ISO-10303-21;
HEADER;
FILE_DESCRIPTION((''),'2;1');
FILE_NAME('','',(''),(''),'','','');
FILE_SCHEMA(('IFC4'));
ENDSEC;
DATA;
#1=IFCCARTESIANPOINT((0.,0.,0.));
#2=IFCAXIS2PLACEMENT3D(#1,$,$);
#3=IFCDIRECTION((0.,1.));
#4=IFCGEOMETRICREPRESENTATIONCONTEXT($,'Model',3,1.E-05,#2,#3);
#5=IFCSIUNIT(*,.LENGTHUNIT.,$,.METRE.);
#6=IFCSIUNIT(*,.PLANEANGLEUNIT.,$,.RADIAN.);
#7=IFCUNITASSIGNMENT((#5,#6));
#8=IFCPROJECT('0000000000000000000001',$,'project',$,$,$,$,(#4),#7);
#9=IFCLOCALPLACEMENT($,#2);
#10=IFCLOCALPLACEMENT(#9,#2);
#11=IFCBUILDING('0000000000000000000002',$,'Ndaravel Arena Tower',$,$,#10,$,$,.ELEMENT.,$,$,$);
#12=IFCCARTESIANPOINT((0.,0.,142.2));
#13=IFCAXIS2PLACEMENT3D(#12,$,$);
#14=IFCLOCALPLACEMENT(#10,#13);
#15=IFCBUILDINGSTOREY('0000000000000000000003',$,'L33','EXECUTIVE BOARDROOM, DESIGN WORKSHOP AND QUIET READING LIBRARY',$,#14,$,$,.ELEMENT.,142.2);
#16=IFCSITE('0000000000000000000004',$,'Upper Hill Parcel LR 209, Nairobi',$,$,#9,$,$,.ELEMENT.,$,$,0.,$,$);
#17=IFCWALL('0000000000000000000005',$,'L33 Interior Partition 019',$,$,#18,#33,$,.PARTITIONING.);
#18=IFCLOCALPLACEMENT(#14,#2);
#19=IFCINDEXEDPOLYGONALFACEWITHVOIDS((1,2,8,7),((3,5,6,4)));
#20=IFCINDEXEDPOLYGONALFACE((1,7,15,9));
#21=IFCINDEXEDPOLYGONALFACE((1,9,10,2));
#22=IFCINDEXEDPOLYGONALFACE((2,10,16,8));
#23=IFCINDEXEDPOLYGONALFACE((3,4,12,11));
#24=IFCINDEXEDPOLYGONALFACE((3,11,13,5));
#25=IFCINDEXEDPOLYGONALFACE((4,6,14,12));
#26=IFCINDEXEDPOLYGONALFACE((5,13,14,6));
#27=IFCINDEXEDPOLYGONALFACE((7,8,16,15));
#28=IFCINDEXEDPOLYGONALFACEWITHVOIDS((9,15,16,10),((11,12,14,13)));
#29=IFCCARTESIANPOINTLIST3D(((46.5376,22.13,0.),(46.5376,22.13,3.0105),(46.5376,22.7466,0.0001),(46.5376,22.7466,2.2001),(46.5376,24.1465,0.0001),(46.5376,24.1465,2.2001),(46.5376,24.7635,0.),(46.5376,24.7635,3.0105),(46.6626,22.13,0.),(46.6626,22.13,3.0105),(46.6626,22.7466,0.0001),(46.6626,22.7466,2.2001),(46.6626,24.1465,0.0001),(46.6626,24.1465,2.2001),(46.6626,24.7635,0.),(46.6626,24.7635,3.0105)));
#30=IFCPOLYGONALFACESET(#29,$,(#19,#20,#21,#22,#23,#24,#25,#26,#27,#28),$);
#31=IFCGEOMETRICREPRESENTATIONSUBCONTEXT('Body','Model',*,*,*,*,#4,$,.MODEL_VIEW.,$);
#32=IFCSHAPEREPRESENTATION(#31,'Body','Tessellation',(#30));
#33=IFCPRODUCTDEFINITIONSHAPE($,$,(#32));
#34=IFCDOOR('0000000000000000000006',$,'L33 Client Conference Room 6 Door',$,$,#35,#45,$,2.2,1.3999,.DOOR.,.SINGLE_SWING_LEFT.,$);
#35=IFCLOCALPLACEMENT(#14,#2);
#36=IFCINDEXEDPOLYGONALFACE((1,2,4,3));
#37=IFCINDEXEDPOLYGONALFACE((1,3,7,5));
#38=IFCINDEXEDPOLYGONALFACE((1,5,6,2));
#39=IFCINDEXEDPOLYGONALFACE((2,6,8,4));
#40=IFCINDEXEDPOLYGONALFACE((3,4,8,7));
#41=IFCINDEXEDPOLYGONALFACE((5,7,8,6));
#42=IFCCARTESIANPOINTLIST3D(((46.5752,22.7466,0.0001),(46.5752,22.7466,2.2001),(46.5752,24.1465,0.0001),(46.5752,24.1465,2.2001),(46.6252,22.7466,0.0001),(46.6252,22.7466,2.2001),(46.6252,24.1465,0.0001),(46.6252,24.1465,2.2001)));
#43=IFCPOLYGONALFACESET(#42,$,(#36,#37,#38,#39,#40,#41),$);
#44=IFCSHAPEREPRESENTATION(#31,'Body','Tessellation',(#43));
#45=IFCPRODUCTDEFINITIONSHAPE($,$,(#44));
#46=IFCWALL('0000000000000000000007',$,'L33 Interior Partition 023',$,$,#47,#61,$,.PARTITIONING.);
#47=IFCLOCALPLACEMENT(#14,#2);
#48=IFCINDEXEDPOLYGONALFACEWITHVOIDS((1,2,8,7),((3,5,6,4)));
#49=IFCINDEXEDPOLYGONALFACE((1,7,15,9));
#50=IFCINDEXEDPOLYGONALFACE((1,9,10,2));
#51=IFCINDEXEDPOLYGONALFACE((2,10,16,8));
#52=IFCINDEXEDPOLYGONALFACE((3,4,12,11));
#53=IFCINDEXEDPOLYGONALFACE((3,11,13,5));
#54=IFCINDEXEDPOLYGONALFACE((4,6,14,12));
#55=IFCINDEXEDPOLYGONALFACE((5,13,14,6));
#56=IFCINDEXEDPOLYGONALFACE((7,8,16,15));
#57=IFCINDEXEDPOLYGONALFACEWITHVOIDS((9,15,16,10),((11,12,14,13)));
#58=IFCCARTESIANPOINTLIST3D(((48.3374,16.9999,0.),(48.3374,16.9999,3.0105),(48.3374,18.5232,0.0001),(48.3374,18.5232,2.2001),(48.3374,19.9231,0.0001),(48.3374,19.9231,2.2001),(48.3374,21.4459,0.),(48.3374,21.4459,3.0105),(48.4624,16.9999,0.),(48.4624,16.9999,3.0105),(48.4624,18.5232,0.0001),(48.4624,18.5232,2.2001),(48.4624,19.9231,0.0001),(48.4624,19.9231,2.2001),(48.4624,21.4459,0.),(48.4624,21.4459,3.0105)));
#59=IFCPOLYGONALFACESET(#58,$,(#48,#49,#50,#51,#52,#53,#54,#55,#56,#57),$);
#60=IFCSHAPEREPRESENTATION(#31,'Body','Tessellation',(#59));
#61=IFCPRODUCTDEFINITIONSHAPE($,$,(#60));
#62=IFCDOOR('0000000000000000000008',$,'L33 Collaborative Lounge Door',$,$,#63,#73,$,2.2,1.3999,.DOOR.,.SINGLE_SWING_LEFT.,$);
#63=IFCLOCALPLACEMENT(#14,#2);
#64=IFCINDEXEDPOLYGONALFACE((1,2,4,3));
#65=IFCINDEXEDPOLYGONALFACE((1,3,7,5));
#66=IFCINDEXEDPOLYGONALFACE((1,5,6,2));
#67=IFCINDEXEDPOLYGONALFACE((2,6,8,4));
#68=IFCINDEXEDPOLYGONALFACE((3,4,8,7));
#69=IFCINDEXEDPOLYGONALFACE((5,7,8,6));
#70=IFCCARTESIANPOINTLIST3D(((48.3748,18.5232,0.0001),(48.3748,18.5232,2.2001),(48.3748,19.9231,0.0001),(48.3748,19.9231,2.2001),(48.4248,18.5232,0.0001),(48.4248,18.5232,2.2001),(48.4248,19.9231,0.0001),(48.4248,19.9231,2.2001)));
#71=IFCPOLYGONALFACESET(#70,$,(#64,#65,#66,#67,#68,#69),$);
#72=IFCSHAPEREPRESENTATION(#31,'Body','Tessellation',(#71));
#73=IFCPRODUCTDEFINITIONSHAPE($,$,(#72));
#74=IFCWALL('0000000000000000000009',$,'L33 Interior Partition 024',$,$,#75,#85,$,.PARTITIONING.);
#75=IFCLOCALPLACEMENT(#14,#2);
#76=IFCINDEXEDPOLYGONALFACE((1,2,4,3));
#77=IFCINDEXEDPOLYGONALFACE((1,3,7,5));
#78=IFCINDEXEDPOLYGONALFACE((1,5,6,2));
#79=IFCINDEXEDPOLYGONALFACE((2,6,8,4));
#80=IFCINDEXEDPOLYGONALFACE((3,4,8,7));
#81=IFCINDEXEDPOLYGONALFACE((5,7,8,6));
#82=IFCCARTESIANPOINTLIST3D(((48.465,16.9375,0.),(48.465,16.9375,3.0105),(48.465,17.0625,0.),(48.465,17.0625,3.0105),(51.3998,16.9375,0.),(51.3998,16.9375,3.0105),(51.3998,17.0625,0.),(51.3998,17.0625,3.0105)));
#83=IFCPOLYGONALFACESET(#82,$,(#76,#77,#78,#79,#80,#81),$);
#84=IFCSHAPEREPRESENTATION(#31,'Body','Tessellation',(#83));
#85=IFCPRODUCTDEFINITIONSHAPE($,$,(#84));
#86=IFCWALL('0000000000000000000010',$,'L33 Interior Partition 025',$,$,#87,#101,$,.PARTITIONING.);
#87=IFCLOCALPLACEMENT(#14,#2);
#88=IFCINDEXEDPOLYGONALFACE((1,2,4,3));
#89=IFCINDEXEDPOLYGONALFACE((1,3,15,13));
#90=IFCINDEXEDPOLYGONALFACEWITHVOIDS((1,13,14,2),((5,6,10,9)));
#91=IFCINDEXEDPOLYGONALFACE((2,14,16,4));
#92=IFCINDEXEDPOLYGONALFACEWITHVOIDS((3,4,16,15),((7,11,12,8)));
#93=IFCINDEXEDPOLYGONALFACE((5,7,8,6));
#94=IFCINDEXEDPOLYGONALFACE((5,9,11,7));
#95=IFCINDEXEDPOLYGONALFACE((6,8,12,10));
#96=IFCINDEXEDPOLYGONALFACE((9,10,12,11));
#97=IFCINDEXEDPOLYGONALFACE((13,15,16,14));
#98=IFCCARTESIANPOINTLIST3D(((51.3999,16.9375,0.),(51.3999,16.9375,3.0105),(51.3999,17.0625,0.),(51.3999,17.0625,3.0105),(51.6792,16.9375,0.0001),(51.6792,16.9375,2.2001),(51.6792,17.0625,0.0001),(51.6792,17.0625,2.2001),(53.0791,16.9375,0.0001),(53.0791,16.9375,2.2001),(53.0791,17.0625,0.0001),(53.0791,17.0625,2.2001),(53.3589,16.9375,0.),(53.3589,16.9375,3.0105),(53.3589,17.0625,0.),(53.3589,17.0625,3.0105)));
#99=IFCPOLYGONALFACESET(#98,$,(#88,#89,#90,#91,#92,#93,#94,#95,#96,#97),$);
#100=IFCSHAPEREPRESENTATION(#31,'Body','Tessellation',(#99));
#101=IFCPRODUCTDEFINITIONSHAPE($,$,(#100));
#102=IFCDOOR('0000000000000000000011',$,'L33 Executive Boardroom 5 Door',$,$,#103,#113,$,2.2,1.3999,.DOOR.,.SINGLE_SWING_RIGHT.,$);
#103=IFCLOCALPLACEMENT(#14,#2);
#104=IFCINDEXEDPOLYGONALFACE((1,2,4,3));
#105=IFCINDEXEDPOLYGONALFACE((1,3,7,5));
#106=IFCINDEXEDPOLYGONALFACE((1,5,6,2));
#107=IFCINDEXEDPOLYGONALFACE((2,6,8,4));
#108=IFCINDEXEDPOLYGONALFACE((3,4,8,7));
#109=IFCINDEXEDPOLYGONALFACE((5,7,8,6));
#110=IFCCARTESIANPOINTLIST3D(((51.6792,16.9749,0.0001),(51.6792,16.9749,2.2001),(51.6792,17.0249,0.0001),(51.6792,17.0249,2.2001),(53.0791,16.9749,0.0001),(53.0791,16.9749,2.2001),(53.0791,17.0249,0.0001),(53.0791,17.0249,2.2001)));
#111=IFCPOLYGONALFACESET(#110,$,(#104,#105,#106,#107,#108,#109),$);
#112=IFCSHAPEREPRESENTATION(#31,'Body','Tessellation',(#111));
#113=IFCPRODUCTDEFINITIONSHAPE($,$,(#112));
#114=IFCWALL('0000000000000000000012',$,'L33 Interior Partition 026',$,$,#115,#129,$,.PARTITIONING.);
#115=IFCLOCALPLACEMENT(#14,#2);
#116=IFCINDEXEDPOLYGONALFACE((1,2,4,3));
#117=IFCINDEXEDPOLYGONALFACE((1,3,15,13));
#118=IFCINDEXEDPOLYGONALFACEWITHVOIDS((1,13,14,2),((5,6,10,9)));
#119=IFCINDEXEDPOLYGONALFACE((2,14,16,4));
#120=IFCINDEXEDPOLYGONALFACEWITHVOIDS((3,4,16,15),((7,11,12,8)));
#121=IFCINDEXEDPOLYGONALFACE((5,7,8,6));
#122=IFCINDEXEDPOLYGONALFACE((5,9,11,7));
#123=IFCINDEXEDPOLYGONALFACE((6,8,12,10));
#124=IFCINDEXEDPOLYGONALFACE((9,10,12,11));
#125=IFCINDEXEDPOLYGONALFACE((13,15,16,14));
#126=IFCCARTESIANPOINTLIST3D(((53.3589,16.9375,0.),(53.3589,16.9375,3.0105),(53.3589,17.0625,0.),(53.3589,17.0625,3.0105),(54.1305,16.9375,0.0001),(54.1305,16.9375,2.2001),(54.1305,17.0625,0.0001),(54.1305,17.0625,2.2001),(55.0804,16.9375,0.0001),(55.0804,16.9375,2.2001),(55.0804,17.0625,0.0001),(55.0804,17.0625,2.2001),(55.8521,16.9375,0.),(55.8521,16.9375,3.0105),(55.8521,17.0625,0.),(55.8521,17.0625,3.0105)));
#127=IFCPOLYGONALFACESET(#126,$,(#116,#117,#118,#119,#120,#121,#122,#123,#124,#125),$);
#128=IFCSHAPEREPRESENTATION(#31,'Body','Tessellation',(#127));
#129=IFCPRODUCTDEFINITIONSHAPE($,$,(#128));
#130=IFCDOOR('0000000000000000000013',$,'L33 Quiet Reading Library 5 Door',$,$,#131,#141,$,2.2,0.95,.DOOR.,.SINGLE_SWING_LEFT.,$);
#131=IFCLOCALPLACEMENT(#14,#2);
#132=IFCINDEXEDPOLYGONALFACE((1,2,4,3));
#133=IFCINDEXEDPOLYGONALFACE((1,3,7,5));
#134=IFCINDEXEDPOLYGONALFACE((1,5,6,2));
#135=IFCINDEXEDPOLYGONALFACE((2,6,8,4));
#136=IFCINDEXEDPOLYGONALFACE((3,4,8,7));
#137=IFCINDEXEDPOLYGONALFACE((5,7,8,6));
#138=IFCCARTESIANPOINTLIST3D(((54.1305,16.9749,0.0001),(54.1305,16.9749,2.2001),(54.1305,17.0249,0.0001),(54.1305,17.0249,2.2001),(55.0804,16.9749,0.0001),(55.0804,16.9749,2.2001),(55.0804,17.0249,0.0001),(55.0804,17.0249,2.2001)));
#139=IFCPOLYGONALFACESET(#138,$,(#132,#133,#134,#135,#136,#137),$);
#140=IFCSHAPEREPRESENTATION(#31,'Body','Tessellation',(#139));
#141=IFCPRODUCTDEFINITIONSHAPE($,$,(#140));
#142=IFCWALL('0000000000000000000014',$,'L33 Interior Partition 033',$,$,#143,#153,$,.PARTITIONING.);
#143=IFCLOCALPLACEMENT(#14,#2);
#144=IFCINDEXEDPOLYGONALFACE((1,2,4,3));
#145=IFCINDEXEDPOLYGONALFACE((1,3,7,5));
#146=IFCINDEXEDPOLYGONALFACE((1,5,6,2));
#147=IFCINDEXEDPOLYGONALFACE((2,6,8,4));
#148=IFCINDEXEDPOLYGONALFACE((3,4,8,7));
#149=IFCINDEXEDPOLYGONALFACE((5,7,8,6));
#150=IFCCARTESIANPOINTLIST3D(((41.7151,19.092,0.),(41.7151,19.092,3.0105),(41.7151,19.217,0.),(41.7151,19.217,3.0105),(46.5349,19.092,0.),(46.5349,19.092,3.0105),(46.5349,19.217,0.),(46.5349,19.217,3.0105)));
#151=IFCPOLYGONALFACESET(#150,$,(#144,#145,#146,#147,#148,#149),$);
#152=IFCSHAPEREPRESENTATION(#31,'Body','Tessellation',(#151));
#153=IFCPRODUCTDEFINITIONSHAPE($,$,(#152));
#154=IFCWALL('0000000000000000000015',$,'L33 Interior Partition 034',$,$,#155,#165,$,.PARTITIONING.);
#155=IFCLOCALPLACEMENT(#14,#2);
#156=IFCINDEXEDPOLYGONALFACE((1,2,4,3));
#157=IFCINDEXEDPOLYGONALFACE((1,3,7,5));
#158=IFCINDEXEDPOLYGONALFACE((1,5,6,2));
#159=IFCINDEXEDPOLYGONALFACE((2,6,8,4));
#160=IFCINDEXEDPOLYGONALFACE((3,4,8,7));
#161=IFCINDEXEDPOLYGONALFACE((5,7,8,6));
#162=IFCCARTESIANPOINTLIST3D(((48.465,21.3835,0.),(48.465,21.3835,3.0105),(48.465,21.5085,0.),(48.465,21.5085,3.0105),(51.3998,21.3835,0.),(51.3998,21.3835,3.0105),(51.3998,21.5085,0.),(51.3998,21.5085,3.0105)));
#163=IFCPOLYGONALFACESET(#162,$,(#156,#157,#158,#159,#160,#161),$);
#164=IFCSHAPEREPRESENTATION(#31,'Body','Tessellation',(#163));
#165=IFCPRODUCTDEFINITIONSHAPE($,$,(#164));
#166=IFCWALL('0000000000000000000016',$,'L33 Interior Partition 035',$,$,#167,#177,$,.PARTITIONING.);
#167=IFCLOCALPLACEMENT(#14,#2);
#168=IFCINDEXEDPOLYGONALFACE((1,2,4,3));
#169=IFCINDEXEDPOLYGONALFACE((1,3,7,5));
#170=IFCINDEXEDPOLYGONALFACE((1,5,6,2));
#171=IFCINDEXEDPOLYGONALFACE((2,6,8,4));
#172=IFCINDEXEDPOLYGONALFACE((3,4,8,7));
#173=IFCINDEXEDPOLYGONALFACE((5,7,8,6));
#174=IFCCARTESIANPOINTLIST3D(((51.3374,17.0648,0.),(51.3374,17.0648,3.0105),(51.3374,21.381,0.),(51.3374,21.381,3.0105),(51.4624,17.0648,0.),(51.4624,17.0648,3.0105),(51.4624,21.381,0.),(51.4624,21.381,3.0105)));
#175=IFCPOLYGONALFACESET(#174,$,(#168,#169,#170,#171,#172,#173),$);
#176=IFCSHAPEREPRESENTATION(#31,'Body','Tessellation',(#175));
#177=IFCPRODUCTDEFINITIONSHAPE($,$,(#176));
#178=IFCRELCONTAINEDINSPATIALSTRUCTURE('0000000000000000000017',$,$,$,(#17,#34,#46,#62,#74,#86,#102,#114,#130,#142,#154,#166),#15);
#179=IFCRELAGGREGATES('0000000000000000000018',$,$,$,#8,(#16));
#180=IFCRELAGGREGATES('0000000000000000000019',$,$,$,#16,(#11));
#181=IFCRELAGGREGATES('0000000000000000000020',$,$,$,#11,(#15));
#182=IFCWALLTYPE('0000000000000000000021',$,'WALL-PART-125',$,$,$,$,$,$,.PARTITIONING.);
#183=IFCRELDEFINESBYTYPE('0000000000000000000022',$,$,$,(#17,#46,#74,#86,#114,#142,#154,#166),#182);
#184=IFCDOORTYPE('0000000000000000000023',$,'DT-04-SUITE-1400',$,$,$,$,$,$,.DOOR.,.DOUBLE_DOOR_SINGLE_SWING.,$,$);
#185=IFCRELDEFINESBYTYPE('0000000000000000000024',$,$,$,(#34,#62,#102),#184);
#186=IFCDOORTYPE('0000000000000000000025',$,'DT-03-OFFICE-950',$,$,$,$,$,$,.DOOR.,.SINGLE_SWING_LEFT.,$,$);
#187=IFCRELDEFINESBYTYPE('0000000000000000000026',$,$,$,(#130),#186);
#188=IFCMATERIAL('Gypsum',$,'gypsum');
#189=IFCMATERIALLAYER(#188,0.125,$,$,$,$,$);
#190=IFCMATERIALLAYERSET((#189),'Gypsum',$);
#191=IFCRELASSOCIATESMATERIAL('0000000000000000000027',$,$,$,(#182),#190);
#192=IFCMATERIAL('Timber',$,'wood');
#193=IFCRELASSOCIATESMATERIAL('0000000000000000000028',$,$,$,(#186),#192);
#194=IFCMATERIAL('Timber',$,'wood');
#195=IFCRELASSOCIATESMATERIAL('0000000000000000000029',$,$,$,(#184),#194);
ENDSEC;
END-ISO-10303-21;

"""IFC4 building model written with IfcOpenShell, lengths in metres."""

from ifc_helpers import new_model, si_unit, direction, frame, frame_2d, origin, place, context, subcontext, project, spatial, rectangle, extrude, material, layer, layer_set, type_object, element, fill, save


model = new_model("IFC4")

# Units and contexts
model_context = context("Model", 3, precision=1e-05, world=origin(), true_north=direction((0.0, 1.0)))
body_context = subcontext(model_context, "Body", "Model", "MODEL_VIEW")
ifc_project = project(units=[si_unit("LENGTHUNIT", "METRE"), si_unit("PLANEANGLEUNIT", "RADIAN")], contexts=[model_context])

# Site, building, storey
site_placement = place(None, origin())
site = spatial("IfcSite", under=ifc_project, at=site_placement, Name="Upper Hill Parcel LR 209, Nairobi", CompositionType="ELEMENT", RefElevation=0.0)
building_placement = place(site_placement, origin())
building = spatial("IfcBuilding", under=site, at=building_placement, Name="Ndaravel Arena Tower", CompositionType="ELEMENT")
storey_placement = place(building_placement, frame((0.0, 0.0, 142.2)))
storey = spatial("IfcBuildingStorey", under=building, at=storey_placement, Name="L33", Description="EXECUTIVE BOARDROOM, DESIGN WORKSHOP AND QUIET READING LIBRARY", CompositionType="ELEMENT", Elevation=142.2)

# Shared definitions
ifc_material_1 = material(Name="Gypsum", Category="gypsum")
ifc_layer_1 = layer(ifc_material_1, 0.125)
ifc_layer_set_1 = layer_set([ifc_layer_1], Name="Gypsum")
wall_type_1 = type_object("IfcWallType", Name="WALL-PART-125", PredefinedType="PARTITIONING", material=ifc_layer_set_1)

# Walls, openings, doors
ifc_material_2 = material(Name="Timber", Category="wood")
door_type_1 = type_object("IfcDoorType", Name="DT-03-OFFICE-950", OperationType="SINGLE_SWING_LEFT", PredefinedType="DOOR", material=ifc_material_2)
wall_1_placement = place(storey_placement, frame((46.6001, 22.1299, 0.0), z_axis=(0.0, 0.0, 1.0), x_axis=(0.0, 1.0, 0.0)))
wall_1 = element("IfcWall", 1, at=wall_1_placement, inside=storey, type_object=wall_type_1, Name="L33 Interior Partition 019", PredefinedType="PARTITIONING", context=body_context, shape_type="SweptSolid", body=[
    extrude(rectangle(XDim=2.6335, YDim=0.125, at=frame_2d((1.3169, 0.0))), origin(), (0.0, 0.0, 1.0), 3.0105),
])
opening_1_placement = place(wall_1_placement, frame((0.6167, 0.0, 0.0)))
opening_1 = element("IfcOpeningElement", 2, at=opening_1_placement, cuts=wall_1, PredefinedType="OPENING", context=body_context, shape_type="SweptSolid", body=[
    extrude(rectangle(XDim=1.3999, YDim=2.2, at=frame_2d((0.7, 1.1001))), frame((0.0, 0.0625, 0.0), z_axis=(0.0, -1.0, 0.0), x_axis=(1.0, 0.0, 0.0)), (0.0, 0.0, 1.0), 0.125),
])
ifc_material_3 = material(Name="Timber", Category="wood")
door_type_2 = type_object("IfcDoorType", Name="DT-04-SUITE-1400", OperationType="DOUBLE_DOOR_SINGLE_SWING", PredefinedType="DOOR", material=ifc_material_3)
door_1_placement = place(opening_1_placement, origin())
door_1 = element("IfcDoor", 3, at=door_1_placement, inside=storey, type_object=door_type_2, Name="L33 Client Conference Room 6 Door", OperationType="SINGLE_SWING_LEFT", OverallHeight=2.2, OverallWidth=1.3999, PredefinedType="DOOR", context=body_context, shape_type="SweptSolid", body=[
    extrude(rectangle(XDim=1.3999, YDim=2.2, at=frame_2d((0.7, 1.1001))), frame((0.0, 0.0249, 0.0), z_axis=(0.0, -1.0, 0.0), x_axis=(1.0, 0.0, 0.0)), (0.0, 0.0, 1.0), 0.05),
])
fill(opening_1, door_1)
wall_2_placement = place(storey_placement, frame((48.3999, 21.446, 0.0), z_axis=(0.0, 0.0, 1.0), x_axis=(0.0, -1.0, 0.0)))
wall_2 = element("IfcWall", 4, at=wall_2_placement, inside=storey, type_object=wall_type_1, Name="L33 Interior Partition 023", PredefinedType="PARTITIONING", context=body_context, shape_type="SweptSolid", body=[
    extrude(rectangle(XDim=4.446, YDim=0.125, at=frame_2d((2.2231, 0.0))), origin(), (0.0, 0.0, 1.0), 3.0105),
])
opening_2_placement = place(wall_2_placement, frame((1.5229, 0.0, 0.0)))
opening_2 = element("IfcOpeningElement", 5, at=opening_2_placement, cuts=wall_2, PredefinedType="OPENING", context=body_context, shape_type="SweptSolid", body=[
    extrude(rectangle(XDim=1.3999, YDim=2.2, at=frame_2d((0.7, 1.1001))), frame((0.0, 0.0625, 0.0), z_axis=(0.0, -1.0, 0.0), x_axis=(1.0, 0.0, 0.0)), (0.0, 0.0, 1.0), 0.125),
])
door_2_placement = place(opening_2_placement, origin())
door_2 = element("IfcDoor", 6, at=door_2_placement, inside=storey, type_object=door_type_2, Name="L33 Collaborative Lounge Door", OperationType="SINGLE_SWING_LEFT", OverallHeight=2.2, OverallWidth=1.3999, PredefinedType="DOOR", context=body_context, shape_type="SweptSolid", body=[
    extrude(rectangle(XDim=1.3999, YDim=2.2, at=frame_2d((0.7, 1.1001))), frame((0.0, 0.0249, 0.0), z_axis=(0.0, -1.0, 0.0), x_axis=(1.0, 0.0, 0.0)), (0.0, 0.0, 1.0), 0.05),
])
fill(opening_2, door_2)

# Wall
wall_3_placement = place(storey_placement, frame((48.4651, 17.0, 0.0), z_axis=(0.0, 0.0, 1.0), x_axis=(1.0, 0.0, 0.0)))
element("IfcWall", 7, at=wall_3_placement, inside=storey, type_object=wall_type_1, Name="L33 Interior Partition 024", PredefinedType="PARTITIONING", context=body_context, shape_type="SweptSolid", body=[
    extrude(rectangle(XDim=2.9348, YDim=0.125, at=frame_2d((1.4673, 0.0))), origin(), (0.0, 0.0, 1.0), 3.0105),
])

# Walls, openings, doors
wall_4_placement = place(storey_placement, frame((51.3999, 17.0, 0.0), z_axis=(0.0, 0.0, 1.0), x_axis=(1.0, 0.0, 0.0)))
wall_4 = element("IfcWall", 8, at=wall_4_placement, inside=storey, type_object=wall_type_1, Name="L33 Interior Partition 025", PredefinedType="PARTITIONING", context=body_context, shape_type="SweptSolid", body=[
    extrude(rectangle(XDim=1.959, YDim=0.125, at=frame_2d((0.9795, 0.0))), origin(), (0.0, 0.0, 1.0), 3.0105),
])
opening_3_placement = place(wall_4_placement, frame((0.2793, 0.0, 0.0)))
opening_3 = element("IfcOpeningElement", 9, at=opening_3_placement, cuts=wall_4, PredefinedType="OPENING", context=body_context, shape_type="SweptSolid", body=[
    extrude(rectangle(XDim=1.3999, YDim=2.2, at=frame_2d((0.7, 1.1001))), frame((0.0, 0.0625, 0.0), z_axis=(0.0, -1.0, 0.0), x_axis=(1.0, 0.0, 0.0)), (0.0, 0.0, 1.0), 0.125),
])
door_3_placement = place(opening_3_placement, origin())
door_3 = element("IfcDoor", 10, at=door_3_placement, inside=storey, type_object=door_type_2, Name="L33 Executive Boardroom 5 Door", OperationType="SINGLE_SWING_RIGHT", OverallHeight=2.2, OverallWidth=1.3999, PredefinedType="DOOR", context=body_context, shape_type="SweptSolid", body=[
    extrude(rectangle(XDim=1.3999, YDim=2.2, at=frame_2d((0.7, 1.1001))), frame((0.0, 0.0249, 0.0), z_axis=(0.0, -1.0, 0.0), x_axis=(1.0, 0.0, 0.0)), (0.0, 0.0, 1.0), 0.05),
])
fill(opening_3, door_3)
wall_5_placement = place(storey_placement, frame((53.3589, 17.0, 0.0), z_axis=(0.0, 0.0, 1.0), x_axis=(1.0, 0.0, 0.0)))
wall_5 = element("IfcWall", 11, at=wall_5_placement, inside=storey, type_object=wall_type_1, Name="L33 Interior Partition 026", PredefinedType="PARTITIONING", context=body_context, shape_type="SweptSolid", body=[
    extrude(rectangle(XDim=2.4932, YDim=0.125, at=frame_2d((1.2466, 0.0))), origin(), (0.0, 0.0, 1.0), 3.0105),
])
opening_4_placement = place(wall_5_placement, frame((0.7715, 0.0, 0.0)))
opening_4 = element("IfcOpeningElement", 12, at=opening_4_placement, cuts=wall_5, PredefinedType="OPENING", context=body_context, shape_type="SweptSolid", body=[
    extrude(rectangle(XDim=0.95, YDim=2.2, at=frame_2d((0.4751, 1.1001))), frame((0.0, 0.0625, 0.0), z_axis=(0.0, -1.0, 0.0), x_axis=(1.0, 0.0, 0.0)), (0.0, 0.0, 1.0), 0.125),
])
door_4_placement = place(opening_4_placement, origin())
door_4 = element("IfcDoor", 13, at=door_4_placement, inside=storey, type_object=door_type_1, Name="L33 Quiet Reading Library 5 Door", OperationType="SINGLE_SWING_LEFT", OverallHeight=2.2, OverallWidth=0.95, PredefinedType="DOOR", context=body_context, shape_type="SweptSolid", body=[
    extrude(rectangle(XDim=0.95, YDim=2.2, at=frame_2d((0.4751, 1.1001))), frame((0.0, 0.0249, 0.0), z_axis=(0.0, -1.0, 0.0), x_axis=(1.0, 0.0, 0.0)), (0.0, 0.0, 1.0), 0.05),
])
fill(opening_4, door_4)

# Walls
wall_6_placement = place(storey_placement, frame((41.7151, 19.1545, 0.0), z_axis=(0.0, 0.0, 1.0), x_axis=(1.0, 0.0, 0.0)))
element("IfcWall", 14, at=wall_6_placement, inside=storey, type_object=wall_type_1, Name="L33 Interior Partition 033", PredefinedType="PARTITIONING", context=body_context, shape_type="SweptSolid", body=[
    extrude(rectangle(XDim=4.8198, YDim=0.125, at=frame_2d((2.4099, 0.0))), origin(), (0.0, 0.0, 1.0), 3.0105),
])
wall_7_placement = place(storey_placement, frame((48.4651, 21.446, 0.0), z_axis=(0.0, 0.0, 1.0), x_axis=(1.0, 0.0, 0.0)))
element("IfcWall", 15, at=wall_7_placement, inside=storey, type_object=wall_type_1, Name="L33 Interior Partition 034", PredefinedType="PARTITIONING", context=body_context, shape_type="SweptSolid", body=[
    extrude(rectangle(XDim=2.9348, YDim=0.125, at=frame_2d((1.4673, 0.0))), origin(), (0.0, 0.0, 1.0), 3.0105),
])
wall_8_placement = place(storey_placement, frame((51.3999, 21.3811, 0.0), z_axis=(0.0, 0.0, 1.0), x_axis=(0.0, -1.0, 0.0)))
element("IfcWall", 16, at=wall_8_placement, inside=storey, type_object=wall_type_1, Name="L33 Interior Partition 035", PredefinedType="PARTITIONING", context=body_context, shape_type="SweptSolid", body=[
    extrude(rectangle(XDim=4.3162, YDim=0.125, at=frame_2d((2.1582, 0.0))), origin(), (0.0, 0.0, 1.0), 3.0105),
])

save(model, "model.ifc")
